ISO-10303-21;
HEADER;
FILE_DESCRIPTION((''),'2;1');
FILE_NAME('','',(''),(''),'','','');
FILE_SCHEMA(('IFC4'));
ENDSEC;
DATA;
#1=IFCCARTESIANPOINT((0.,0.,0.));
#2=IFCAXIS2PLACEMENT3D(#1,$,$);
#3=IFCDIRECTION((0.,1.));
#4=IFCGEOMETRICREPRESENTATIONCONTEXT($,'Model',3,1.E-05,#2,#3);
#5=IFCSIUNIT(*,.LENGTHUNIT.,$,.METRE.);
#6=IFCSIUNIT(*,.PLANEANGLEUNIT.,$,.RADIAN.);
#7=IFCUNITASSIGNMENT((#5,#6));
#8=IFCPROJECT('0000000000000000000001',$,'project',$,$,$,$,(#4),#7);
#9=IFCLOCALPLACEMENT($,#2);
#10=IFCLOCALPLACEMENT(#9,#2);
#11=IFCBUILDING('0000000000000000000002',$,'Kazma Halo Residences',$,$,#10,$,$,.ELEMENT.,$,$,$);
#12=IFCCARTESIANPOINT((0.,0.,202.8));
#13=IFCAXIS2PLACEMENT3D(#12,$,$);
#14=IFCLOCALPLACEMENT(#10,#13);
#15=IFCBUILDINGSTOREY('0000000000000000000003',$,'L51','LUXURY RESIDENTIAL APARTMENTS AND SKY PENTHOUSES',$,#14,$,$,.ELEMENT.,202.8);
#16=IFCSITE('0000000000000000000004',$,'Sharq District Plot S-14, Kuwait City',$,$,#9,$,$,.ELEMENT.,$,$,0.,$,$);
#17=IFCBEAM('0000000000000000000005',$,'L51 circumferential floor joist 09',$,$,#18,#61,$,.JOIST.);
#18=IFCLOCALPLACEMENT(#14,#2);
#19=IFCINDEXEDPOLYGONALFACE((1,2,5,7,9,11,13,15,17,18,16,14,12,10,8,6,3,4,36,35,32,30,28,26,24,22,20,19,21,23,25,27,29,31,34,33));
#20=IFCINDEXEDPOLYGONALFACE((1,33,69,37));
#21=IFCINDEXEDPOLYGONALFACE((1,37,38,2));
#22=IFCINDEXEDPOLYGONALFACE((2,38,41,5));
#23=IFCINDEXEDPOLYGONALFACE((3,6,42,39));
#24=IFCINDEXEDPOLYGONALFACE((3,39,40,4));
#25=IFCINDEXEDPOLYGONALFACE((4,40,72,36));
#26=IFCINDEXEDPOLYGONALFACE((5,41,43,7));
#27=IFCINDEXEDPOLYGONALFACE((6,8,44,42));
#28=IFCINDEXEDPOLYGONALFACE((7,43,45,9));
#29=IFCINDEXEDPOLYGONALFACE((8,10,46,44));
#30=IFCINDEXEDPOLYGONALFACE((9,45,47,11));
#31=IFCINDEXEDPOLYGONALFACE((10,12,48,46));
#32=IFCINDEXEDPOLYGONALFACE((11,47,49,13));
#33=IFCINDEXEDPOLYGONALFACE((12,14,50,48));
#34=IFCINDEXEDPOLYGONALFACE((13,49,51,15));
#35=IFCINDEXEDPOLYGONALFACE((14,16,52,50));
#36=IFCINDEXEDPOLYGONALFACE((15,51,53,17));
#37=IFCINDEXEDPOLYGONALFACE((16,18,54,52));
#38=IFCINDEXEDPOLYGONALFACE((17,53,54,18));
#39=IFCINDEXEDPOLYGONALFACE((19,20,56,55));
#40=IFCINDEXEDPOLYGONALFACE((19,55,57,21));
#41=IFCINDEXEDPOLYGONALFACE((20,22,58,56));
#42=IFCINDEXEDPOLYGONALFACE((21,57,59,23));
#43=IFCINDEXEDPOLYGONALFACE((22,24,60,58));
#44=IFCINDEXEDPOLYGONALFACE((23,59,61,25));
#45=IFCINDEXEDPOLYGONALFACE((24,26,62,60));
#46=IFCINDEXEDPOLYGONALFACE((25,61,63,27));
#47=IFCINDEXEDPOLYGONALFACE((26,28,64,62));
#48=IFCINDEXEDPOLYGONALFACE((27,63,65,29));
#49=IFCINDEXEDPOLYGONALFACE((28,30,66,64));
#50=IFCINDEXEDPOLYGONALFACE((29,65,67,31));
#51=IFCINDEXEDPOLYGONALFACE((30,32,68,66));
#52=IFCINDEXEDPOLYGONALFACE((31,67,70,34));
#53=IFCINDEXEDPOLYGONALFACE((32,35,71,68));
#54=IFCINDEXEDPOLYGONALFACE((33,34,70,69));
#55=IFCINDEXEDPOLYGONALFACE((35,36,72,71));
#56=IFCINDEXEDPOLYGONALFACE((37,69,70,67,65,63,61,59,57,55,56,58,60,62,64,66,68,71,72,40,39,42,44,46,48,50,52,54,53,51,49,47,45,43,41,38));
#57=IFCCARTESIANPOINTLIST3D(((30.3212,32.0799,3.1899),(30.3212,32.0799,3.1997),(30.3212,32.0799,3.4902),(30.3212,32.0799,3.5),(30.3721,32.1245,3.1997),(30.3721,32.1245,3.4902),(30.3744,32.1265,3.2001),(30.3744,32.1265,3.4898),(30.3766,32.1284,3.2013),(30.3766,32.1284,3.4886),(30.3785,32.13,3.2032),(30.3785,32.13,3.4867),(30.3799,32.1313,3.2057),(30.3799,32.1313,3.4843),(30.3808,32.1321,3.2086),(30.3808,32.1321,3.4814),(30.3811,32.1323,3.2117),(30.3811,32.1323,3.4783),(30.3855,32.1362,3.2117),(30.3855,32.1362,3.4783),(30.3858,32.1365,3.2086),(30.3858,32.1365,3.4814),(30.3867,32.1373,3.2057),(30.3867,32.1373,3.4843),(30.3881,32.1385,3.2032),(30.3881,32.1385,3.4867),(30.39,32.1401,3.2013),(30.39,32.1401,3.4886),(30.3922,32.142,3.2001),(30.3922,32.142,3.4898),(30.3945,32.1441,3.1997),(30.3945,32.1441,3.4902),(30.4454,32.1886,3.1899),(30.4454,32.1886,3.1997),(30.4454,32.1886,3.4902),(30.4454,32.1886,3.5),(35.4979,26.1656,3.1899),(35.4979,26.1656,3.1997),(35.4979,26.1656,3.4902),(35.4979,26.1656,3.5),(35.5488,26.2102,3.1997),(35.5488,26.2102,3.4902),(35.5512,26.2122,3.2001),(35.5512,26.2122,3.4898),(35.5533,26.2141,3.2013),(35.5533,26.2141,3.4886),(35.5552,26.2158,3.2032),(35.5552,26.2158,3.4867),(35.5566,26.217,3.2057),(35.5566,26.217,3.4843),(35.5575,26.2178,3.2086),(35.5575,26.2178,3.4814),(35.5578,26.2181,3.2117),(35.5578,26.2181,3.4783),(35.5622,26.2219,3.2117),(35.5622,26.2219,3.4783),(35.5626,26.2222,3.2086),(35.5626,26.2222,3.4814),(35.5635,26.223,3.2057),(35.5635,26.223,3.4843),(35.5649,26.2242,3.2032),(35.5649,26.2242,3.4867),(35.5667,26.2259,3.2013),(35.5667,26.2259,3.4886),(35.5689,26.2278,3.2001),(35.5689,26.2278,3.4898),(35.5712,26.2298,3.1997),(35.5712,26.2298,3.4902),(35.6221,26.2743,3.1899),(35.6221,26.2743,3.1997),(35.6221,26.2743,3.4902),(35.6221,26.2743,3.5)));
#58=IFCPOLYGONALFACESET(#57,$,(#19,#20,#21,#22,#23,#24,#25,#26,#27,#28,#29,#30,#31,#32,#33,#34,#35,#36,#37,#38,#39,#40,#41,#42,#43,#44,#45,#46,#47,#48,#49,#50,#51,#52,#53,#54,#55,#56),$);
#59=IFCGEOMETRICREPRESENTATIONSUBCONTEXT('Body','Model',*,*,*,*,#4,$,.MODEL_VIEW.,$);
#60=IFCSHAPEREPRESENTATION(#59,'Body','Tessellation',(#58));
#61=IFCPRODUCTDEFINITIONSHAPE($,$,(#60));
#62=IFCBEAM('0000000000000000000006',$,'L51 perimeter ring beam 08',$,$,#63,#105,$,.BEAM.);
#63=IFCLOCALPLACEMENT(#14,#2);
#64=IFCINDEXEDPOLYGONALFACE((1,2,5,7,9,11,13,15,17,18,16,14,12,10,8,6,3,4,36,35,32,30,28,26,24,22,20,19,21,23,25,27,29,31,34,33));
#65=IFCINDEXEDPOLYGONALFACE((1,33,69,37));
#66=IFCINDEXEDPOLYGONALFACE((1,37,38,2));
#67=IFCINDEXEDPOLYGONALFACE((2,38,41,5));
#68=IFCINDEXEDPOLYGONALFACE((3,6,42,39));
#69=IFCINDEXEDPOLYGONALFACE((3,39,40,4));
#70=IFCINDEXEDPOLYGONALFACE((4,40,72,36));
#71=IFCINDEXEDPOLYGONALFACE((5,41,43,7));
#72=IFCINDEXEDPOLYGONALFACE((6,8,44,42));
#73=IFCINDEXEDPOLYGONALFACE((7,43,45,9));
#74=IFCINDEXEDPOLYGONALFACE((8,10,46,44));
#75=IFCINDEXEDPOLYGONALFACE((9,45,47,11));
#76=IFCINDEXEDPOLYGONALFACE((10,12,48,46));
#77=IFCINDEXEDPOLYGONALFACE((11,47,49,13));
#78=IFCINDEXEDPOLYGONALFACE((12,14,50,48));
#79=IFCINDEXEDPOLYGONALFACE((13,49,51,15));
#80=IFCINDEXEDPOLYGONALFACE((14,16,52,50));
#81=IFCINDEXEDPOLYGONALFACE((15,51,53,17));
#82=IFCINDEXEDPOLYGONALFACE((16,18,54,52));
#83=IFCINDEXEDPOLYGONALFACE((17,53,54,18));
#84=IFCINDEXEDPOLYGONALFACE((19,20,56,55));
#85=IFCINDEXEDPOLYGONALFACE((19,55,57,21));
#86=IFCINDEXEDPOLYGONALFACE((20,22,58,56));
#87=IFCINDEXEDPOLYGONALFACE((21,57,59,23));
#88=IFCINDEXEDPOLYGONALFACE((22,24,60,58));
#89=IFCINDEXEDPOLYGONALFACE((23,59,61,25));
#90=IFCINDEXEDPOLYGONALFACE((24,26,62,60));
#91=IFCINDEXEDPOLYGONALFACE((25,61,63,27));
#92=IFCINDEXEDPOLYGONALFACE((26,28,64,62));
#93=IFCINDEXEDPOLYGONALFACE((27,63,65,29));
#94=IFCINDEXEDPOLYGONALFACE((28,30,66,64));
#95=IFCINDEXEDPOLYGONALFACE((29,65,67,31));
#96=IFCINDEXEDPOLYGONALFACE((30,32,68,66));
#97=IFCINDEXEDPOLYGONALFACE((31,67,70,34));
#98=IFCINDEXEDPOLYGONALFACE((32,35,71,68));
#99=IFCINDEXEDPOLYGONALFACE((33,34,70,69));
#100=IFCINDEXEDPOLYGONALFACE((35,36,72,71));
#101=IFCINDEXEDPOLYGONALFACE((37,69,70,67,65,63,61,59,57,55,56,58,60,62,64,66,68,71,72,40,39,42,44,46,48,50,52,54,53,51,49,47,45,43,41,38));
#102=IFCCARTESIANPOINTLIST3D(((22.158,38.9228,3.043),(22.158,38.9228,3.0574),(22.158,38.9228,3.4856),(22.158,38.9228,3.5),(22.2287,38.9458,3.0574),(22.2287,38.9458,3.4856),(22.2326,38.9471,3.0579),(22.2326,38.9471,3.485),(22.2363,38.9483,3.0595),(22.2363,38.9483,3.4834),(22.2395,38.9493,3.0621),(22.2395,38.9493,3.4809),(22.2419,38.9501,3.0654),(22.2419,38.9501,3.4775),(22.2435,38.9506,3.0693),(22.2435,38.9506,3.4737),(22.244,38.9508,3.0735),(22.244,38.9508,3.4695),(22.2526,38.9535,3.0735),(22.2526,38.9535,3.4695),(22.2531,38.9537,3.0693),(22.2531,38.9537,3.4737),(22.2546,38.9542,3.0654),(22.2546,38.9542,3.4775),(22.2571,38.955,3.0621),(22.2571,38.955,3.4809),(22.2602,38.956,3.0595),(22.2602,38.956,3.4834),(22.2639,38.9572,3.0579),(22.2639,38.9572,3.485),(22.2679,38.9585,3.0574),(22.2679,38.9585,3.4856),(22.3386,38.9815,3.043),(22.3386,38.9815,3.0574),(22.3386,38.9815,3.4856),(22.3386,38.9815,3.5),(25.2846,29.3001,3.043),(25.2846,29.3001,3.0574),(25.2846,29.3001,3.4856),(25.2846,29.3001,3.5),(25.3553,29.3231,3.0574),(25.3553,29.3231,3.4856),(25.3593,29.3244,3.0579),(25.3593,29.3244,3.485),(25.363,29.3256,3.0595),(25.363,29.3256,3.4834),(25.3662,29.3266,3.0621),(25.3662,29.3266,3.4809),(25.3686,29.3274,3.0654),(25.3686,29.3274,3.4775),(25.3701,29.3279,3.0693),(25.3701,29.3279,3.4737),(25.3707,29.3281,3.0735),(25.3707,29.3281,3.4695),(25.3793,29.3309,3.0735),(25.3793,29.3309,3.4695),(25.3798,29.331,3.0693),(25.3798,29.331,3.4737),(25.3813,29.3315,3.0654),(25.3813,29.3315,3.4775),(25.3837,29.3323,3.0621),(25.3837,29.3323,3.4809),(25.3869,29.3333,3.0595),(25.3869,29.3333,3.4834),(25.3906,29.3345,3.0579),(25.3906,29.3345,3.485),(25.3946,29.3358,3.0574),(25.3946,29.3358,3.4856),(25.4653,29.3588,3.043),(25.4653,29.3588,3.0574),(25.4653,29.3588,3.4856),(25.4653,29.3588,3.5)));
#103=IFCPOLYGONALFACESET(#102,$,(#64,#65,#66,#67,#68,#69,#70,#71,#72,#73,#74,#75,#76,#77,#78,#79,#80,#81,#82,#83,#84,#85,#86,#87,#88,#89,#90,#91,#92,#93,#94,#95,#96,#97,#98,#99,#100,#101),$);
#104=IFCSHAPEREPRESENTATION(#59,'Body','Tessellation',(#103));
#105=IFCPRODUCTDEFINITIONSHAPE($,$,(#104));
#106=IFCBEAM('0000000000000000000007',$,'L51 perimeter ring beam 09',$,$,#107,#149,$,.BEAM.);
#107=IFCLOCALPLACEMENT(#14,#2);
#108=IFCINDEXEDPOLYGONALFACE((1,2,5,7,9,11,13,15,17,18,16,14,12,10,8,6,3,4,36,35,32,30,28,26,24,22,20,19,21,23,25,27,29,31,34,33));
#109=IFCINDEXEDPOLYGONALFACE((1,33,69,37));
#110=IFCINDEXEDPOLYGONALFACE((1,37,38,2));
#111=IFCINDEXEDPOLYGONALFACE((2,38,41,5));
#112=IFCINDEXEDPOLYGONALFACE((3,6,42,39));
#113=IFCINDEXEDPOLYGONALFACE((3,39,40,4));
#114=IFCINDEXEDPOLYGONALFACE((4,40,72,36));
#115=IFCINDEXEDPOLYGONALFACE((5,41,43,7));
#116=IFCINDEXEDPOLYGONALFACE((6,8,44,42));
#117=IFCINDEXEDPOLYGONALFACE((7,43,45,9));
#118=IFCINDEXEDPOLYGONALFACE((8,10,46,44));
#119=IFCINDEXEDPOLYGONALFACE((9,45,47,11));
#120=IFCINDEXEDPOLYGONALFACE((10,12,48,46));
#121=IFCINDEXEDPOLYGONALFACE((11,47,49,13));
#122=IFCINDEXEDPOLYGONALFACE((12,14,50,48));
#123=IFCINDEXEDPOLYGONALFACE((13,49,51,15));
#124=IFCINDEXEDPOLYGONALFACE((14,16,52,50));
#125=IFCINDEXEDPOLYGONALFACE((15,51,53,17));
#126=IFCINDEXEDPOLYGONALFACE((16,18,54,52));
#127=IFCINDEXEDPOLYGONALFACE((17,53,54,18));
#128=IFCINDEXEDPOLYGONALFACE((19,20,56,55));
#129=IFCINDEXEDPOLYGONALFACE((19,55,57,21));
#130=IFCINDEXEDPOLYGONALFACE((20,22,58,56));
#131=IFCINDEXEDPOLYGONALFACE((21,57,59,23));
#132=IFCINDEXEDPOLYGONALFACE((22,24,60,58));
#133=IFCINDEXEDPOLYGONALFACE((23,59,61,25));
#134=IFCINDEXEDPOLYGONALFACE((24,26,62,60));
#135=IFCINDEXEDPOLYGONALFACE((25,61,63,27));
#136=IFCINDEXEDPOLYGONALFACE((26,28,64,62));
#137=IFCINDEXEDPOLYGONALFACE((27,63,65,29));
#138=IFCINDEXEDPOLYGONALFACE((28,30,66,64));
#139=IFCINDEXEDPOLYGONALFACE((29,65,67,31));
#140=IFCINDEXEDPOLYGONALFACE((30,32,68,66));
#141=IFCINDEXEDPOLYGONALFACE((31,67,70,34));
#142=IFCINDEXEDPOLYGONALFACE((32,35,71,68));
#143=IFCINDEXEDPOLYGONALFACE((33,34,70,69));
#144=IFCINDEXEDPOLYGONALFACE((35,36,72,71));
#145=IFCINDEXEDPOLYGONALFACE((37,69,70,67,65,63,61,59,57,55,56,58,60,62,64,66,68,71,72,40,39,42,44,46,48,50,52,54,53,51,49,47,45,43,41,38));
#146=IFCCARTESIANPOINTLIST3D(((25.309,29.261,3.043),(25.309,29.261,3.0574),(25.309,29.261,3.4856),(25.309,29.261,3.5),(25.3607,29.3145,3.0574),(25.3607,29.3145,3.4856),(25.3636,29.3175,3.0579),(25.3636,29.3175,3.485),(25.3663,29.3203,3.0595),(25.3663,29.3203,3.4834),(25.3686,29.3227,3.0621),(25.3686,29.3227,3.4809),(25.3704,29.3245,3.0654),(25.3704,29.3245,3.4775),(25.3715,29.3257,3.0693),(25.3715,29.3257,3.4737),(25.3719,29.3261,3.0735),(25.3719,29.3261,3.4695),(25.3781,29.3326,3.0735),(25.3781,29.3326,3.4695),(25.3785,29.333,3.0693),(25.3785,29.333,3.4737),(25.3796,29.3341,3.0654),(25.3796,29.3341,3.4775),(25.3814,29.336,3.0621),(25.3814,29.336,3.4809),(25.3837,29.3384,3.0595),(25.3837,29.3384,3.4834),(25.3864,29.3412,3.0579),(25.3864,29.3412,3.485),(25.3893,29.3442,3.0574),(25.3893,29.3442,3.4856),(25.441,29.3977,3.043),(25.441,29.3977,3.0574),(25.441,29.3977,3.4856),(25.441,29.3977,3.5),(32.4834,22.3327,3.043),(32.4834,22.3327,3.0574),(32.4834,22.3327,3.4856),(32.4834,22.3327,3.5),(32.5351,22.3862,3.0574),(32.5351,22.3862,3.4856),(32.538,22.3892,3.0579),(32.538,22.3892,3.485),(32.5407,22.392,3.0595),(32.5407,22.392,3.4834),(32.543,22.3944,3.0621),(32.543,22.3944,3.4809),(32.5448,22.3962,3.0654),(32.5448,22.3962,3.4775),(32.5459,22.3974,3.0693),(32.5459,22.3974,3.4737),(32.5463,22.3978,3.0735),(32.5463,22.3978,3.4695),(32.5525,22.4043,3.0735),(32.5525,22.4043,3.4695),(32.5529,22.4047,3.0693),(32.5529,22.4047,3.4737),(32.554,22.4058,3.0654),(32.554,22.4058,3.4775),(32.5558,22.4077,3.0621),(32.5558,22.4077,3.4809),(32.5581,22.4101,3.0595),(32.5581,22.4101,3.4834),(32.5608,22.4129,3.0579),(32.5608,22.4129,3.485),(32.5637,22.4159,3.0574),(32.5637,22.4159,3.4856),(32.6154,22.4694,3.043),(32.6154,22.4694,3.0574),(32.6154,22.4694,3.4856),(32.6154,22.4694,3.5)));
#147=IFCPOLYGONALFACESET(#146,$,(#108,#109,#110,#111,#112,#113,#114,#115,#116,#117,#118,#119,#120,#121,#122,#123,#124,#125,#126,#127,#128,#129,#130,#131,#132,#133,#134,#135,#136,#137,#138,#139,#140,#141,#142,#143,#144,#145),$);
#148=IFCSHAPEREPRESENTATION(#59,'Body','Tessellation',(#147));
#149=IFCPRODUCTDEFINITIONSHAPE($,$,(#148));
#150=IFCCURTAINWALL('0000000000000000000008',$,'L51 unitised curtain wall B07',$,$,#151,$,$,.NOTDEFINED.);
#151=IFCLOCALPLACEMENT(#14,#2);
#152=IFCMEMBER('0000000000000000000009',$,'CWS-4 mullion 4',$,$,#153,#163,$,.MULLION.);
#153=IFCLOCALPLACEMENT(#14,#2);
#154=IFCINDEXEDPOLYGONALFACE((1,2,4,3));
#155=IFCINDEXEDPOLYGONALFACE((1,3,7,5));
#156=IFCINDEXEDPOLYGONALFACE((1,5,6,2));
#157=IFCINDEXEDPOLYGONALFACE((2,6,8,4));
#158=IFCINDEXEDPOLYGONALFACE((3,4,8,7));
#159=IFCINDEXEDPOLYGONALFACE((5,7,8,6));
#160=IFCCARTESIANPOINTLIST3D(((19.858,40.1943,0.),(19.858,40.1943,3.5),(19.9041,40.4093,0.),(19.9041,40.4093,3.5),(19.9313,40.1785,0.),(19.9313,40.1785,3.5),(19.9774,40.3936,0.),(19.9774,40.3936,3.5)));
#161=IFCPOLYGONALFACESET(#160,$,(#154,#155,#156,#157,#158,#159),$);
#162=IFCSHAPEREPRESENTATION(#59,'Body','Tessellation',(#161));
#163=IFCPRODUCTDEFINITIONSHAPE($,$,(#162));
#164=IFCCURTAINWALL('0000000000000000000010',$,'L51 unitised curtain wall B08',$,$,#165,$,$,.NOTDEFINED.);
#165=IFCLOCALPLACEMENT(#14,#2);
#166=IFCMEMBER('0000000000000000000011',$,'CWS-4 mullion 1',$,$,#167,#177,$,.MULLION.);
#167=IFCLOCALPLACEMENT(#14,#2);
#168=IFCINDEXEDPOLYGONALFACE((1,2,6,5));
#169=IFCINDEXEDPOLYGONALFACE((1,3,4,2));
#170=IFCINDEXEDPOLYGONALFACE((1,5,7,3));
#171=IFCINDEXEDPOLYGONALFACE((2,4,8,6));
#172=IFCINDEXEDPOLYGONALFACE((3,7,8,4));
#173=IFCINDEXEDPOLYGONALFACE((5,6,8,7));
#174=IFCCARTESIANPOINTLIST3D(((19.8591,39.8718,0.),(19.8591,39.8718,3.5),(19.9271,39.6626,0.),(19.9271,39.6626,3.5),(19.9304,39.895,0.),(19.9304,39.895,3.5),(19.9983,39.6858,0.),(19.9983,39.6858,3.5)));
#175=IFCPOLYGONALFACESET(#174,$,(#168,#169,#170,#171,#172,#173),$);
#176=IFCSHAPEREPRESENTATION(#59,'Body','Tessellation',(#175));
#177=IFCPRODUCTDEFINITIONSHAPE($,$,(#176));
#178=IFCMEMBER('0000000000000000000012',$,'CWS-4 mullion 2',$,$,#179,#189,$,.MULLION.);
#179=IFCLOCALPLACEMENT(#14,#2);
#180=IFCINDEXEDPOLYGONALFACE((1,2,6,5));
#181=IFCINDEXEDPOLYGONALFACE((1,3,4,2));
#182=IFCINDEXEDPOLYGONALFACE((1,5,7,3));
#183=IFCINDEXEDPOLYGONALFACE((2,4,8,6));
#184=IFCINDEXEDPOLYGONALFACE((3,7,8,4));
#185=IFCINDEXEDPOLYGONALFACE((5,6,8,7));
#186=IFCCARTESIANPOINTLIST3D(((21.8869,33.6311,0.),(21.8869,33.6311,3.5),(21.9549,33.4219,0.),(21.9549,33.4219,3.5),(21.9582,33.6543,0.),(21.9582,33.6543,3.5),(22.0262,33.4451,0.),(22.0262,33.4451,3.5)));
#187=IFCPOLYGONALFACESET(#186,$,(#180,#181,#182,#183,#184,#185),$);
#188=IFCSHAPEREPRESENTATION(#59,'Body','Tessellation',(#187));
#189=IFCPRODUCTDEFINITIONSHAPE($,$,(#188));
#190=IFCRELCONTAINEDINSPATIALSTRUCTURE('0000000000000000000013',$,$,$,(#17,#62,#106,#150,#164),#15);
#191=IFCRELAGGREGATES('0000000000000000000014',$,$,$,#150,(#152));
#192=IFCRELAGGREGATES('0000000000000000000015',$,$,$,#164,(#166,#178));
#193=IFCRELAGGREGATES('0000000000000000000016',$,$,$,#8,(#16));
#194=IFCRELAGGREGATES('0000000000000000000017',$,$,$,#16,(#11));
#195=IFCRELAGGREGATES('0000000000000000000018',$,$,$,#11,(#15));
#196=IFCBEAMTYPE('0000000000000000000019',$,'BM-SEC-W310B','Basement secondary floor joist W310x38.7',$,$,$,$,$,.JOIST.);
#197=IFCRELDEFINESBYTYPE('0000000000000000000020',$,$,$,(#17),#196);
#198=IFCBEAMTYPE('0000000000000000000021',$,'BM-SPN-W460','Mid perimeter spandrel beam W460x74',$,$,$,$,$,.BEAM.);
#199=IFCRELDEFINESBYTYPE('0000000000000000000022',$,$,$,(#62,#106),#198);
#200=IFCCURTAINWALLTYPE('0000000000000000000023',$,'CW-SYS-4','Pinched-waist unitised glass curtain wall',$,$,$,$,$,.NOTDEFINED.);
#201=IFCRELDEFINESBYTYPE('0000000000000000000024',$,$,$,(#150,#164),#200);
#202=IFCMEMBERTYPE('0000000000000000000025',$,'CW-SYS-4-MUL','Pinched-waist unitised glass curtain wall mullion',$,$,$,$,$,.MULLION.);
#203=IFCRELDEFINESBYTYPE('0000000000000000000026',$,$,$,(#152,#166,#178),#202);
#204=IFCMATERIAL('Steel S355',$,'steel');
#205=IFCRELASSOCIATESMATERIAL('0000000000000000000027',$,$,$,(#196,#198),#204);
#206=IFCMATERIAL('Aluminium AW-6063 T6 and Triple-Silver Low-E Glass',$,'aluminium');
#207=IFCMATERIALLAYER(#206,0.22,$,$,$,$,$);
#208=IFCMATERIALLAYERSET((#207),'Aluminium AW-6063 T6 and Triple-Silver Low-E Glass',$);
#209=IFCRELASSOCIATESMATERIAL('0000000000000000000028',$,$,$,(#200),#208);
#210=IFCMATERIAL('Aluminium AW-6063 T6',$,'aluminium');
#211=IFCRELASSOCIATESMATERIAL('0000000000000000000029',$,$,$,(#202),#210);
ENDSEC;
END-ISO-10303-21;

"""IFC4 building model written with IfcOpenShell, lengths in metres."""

from ifc_helpers import new_model, si_unit, direction, frame, origin, origin_2d, place, context, subcontext, project, spatial, rectangle, i_section, extrude, material, layer, layer_set, material_profile, profile_set, type_object, element, aggregate, save


model = new_model("IFC4")

# Units and contexts
model_context = context("Model", 3, precision=1e-05, world=origin(), true_north=direction((0.0, 1.0)))
body_context = subcontext(model_context, "Body", "Model", "MODEL_VIEW")
ifc_project = project(units=[si_unit("LENGTHUNIT", "METRE"), si_unit("PLANEANGLEUNIT", "RADIAN")], contexts=[model_context])

# Site, building, storey
site_placement = place(None, origin())
site = spatial("IfcSite", under=ifc_project, at=site_placement, Name="Sharq District Plot S-14, Kuwait City", CompositionType="ELEMENT", RefElevation=0.0)
building_placement = place(site_placement, origin())
building = spatial("IfcBuilding", under=site, at=building_placement, Name="Kazma Halo Residences", CompositionType="ELEMENT")
storey_placement = place(building_placement, frame((0.0, 0.0, 202.8)))
storey = spatial("IfcBuildingStorey", under=building, at=storey_placement, Name="L51", Description="LUXURY RESIDENTIAL APARTMENTS AND SKY PENTHOUSES", CompositionType="ELEMENT", Elevation=202.8)

# Beams
ifc_material_1 = material(Name="Steel S355", Category="steel")
ifc_material_profile_1 = material_profile(ifc_material_1, i_section(OverallWidth=0.165, OverallDepth=0.3101, WebThickness=0.0059, FlangeThickness=0.0098, FilletRadius=0.012, at=origin_2d()), Name="W310x38.7")
ifc_profile_set_1 = profile_set([ifc_material_profile_1], Name="Steel S355")
beam_type_1 = type_object("IfcBeamType", Name="BM-SEC-W310B", Description="Basement secondary floor joist W310x38.7", PredefinedType="JOIST", material=ifc_profile_set_1)
beam_1_placement = place(storey_placement, frame((30.3833, 32.1343, 3.345), z_axis=(0.65863, -0.752467, 0.0), x_axis=(0.752467, 0.65863, 0.0)))
element("IfcBeam", 1, at=beam_1_placement, inside=storey, type_object=beam_type_1, Name="L51 circumferential floor joist 09", PredefinedType="JOIST", context=body_context, shape_type="SweptSolid", body=[
    extrude(i_section(OverallWidth=0.165, OverallDepth=0.3101, WebThickness=0.0059, FlangeThickness=0.0098, FilletRadius=0.012, at=origin_2d()), origin(), (0.0, 0.0, 1.0), 7.8599),
])
ifc_material_profile_2 = material_profile(ifc_material_1, i_section(OverallWidth=0.1899, OverallDepth=0.457, WebThickness=0.009, FlangeThickness=0.0144, FilletRadius=0.0161, at=origin_2d()), Name="W460x74")
ifc_profile_set_2 = profile_set([ifc_material_profile_2], Name="Steel S355")
beam_type_2 = type_object("IfcBeamType", Name="BM-SPN-W460", Description="Mid perimeter spandrel beam W460x74", PredefinedType="BEAM", material=ifc_profile_set_2)
beam_2_placement = place(storey_placement, frame((22.2483, 38.9521, 3.2715), z_axis=(0.309023, -0.951054, 0.0), x_axis=(0.951054, 0.309023, 0.0)))
element("IfcBeam", 2, at=beam_2_placement, inside=storey, type_object=beam_type_2, Name="L51 perimeter ring beam 08", PredefinedType="BEAM", context=body_context, shape_type="SweptSolid", body=[
    extrude(i_section(OverallWidth=0.1899, OverallDepth=0.457, WebThickness=0.009, FlangeThickness=0.0144, FilletRadius=0.0161, at=origin_2d()), origin(), (0.0, 0.0, 1.0), 10.1179),
])
beam_3_placement = place(storey_placement, frame((25.375, 29.3293, 3.2715), z_axis=(0.719337, -0.694662, 0.0), x_axis=(0.694662, 0.719337, 0.0)))
element("IfcBeam", 3, at=beam_3_placement, inside=storey, type_object=beam_type_2, Name="L51 perimeter ring beam 09", PredefinedType="BEAM", context=body_context, shape_type="SweptSolid", body=[
    extrude(i_section(OverallWidth=0.1899, OverallDepth=0.457, WebThickness=0.009, FlangeThickness=0.0144, FilletRadius=0.0161, at=origin_2d()), origin(), (0.0, 0.0, 1.0), 9.9736),
])

# Curtain wall, member
ifc_material_2 = material(Name="Aluminium AW-6063 T6 and Triple-Silver Low-E Glass", Category="aluminium")
ifc_layer_1 = layer(ifc_material_2, 0.22)
ifc_layer_set_1 = layer_set([ifc_layer_1], Name="Aluminium AW-6063 T6 and Triple-Silver Low-E Glass")
curtain_wall_type = type_object("IfcCurtainWallType", Name="CW-SYS-4", Description="Pinched-waist unitised glass curtain wall", PredefinedType="NOTDEFINED", material=ifc_layer_set_1)
curtain_wall_1_placement = place(storey_placement, origin())
curtain_wall_1 = element("IfcCurtainWall", 4, at=curtain_wall_1_placement, inside=storey, type_object=curtain_wall_type, Name="L51 unitised curtain wall B07", PredefinedType="NOTDEFINED")
ifc_material_3 = material(Name="Aluminium AW-6063 T6", Category="aluminium")
ifc_material_profile_3 = material_profile(ifc_material_3, rectangle(XDim=0.075, YDim=0.22, at=origin_2d()), Name="CWM-75x220")
ifc_profile_set_3 = profile_set([ifc_material_profile_3], Name="Aluminium AW-6063 T6")
member_type_1 = type_object("IfcMemberType", Name="CW-SYS-4-MUL", Description="Pinched-waist unitised glass curtain wall mullion", PredefinedType="MULLION", material=ifc_profile_set_3)
member_1_placement = place(storey_placement, frame((19.9177, 40.2939, 0.0), z_axis=(0.0, 0.0, 1.0), x_axis=(0.977768, -0.20969, 0.0)))
member_1 = element("IfcMember", 5, at=member_1_placement, type_object=member_type_1, Name="CWS-4 mullion 4", PredefinedType="MULLION", context=body_context, shape_type="SweptSolid", body=[
    extrude(rectangle(XDim=0.075, YDim=0.22, at=origin_2d()), origin(), (0.0, 0.0, 1.0), 3.5),
])
aggregate(curtain_wall_1, [member_1])

# Curtain wall, members
curtain_wall_2_placement = place(storey_placement, origin())
curtain_wall_2 = element("IfcCurtainWall", 6, at=curtain_wall_2_placement, inside=storey, type_object=curtain_wall_type, Name="L51 unitised curtain wall B08", PredefinedType="NOTDEFINED")
member_2_placement = place(storey_placement, frame((19.9287, 39.7788, 0.0), z_axis=(0.0, 0.0, 1.0), x_axis=(0.951057, 0.309016, 0.0)))
member_2 = element("IfcMember", 7, at=member_2_placement, type_object=member_type_1, Name="CWS-4 mullion 1", PredefinedType="MULLION", context=body_context, shape_type="SweptSolid", body=[
    extrude(rectangle(XDim=0.075, YDim=0.22, at=origin_2d()), origin(), (0.0, 0.0, 1.0), 3.5),
])
member_3_placement = place(storey_placement, frame((21.9565, 33.5381, 0.0), z_axis=(0.0, 0.0, 1.0), x_axis=(0.951057, 0.309016, 0.0)))
member_3 = element("IfcMember", 8, at=member_3_placement, type_object=member_type_1, Name="CWS-4 mullion 2", PredefinedType="MULLION", context=body_context, shape_type="SweptSolid", body=[
    extrude(rectangle(XDim=0.075, YDim=0.22, at=origin_2d()), origin(), (0.0, 0.0, 1.0), 3.5),
])

aggregate(curtain_wall_2, [member_2, member_3])

save(model, "model.ifc")
